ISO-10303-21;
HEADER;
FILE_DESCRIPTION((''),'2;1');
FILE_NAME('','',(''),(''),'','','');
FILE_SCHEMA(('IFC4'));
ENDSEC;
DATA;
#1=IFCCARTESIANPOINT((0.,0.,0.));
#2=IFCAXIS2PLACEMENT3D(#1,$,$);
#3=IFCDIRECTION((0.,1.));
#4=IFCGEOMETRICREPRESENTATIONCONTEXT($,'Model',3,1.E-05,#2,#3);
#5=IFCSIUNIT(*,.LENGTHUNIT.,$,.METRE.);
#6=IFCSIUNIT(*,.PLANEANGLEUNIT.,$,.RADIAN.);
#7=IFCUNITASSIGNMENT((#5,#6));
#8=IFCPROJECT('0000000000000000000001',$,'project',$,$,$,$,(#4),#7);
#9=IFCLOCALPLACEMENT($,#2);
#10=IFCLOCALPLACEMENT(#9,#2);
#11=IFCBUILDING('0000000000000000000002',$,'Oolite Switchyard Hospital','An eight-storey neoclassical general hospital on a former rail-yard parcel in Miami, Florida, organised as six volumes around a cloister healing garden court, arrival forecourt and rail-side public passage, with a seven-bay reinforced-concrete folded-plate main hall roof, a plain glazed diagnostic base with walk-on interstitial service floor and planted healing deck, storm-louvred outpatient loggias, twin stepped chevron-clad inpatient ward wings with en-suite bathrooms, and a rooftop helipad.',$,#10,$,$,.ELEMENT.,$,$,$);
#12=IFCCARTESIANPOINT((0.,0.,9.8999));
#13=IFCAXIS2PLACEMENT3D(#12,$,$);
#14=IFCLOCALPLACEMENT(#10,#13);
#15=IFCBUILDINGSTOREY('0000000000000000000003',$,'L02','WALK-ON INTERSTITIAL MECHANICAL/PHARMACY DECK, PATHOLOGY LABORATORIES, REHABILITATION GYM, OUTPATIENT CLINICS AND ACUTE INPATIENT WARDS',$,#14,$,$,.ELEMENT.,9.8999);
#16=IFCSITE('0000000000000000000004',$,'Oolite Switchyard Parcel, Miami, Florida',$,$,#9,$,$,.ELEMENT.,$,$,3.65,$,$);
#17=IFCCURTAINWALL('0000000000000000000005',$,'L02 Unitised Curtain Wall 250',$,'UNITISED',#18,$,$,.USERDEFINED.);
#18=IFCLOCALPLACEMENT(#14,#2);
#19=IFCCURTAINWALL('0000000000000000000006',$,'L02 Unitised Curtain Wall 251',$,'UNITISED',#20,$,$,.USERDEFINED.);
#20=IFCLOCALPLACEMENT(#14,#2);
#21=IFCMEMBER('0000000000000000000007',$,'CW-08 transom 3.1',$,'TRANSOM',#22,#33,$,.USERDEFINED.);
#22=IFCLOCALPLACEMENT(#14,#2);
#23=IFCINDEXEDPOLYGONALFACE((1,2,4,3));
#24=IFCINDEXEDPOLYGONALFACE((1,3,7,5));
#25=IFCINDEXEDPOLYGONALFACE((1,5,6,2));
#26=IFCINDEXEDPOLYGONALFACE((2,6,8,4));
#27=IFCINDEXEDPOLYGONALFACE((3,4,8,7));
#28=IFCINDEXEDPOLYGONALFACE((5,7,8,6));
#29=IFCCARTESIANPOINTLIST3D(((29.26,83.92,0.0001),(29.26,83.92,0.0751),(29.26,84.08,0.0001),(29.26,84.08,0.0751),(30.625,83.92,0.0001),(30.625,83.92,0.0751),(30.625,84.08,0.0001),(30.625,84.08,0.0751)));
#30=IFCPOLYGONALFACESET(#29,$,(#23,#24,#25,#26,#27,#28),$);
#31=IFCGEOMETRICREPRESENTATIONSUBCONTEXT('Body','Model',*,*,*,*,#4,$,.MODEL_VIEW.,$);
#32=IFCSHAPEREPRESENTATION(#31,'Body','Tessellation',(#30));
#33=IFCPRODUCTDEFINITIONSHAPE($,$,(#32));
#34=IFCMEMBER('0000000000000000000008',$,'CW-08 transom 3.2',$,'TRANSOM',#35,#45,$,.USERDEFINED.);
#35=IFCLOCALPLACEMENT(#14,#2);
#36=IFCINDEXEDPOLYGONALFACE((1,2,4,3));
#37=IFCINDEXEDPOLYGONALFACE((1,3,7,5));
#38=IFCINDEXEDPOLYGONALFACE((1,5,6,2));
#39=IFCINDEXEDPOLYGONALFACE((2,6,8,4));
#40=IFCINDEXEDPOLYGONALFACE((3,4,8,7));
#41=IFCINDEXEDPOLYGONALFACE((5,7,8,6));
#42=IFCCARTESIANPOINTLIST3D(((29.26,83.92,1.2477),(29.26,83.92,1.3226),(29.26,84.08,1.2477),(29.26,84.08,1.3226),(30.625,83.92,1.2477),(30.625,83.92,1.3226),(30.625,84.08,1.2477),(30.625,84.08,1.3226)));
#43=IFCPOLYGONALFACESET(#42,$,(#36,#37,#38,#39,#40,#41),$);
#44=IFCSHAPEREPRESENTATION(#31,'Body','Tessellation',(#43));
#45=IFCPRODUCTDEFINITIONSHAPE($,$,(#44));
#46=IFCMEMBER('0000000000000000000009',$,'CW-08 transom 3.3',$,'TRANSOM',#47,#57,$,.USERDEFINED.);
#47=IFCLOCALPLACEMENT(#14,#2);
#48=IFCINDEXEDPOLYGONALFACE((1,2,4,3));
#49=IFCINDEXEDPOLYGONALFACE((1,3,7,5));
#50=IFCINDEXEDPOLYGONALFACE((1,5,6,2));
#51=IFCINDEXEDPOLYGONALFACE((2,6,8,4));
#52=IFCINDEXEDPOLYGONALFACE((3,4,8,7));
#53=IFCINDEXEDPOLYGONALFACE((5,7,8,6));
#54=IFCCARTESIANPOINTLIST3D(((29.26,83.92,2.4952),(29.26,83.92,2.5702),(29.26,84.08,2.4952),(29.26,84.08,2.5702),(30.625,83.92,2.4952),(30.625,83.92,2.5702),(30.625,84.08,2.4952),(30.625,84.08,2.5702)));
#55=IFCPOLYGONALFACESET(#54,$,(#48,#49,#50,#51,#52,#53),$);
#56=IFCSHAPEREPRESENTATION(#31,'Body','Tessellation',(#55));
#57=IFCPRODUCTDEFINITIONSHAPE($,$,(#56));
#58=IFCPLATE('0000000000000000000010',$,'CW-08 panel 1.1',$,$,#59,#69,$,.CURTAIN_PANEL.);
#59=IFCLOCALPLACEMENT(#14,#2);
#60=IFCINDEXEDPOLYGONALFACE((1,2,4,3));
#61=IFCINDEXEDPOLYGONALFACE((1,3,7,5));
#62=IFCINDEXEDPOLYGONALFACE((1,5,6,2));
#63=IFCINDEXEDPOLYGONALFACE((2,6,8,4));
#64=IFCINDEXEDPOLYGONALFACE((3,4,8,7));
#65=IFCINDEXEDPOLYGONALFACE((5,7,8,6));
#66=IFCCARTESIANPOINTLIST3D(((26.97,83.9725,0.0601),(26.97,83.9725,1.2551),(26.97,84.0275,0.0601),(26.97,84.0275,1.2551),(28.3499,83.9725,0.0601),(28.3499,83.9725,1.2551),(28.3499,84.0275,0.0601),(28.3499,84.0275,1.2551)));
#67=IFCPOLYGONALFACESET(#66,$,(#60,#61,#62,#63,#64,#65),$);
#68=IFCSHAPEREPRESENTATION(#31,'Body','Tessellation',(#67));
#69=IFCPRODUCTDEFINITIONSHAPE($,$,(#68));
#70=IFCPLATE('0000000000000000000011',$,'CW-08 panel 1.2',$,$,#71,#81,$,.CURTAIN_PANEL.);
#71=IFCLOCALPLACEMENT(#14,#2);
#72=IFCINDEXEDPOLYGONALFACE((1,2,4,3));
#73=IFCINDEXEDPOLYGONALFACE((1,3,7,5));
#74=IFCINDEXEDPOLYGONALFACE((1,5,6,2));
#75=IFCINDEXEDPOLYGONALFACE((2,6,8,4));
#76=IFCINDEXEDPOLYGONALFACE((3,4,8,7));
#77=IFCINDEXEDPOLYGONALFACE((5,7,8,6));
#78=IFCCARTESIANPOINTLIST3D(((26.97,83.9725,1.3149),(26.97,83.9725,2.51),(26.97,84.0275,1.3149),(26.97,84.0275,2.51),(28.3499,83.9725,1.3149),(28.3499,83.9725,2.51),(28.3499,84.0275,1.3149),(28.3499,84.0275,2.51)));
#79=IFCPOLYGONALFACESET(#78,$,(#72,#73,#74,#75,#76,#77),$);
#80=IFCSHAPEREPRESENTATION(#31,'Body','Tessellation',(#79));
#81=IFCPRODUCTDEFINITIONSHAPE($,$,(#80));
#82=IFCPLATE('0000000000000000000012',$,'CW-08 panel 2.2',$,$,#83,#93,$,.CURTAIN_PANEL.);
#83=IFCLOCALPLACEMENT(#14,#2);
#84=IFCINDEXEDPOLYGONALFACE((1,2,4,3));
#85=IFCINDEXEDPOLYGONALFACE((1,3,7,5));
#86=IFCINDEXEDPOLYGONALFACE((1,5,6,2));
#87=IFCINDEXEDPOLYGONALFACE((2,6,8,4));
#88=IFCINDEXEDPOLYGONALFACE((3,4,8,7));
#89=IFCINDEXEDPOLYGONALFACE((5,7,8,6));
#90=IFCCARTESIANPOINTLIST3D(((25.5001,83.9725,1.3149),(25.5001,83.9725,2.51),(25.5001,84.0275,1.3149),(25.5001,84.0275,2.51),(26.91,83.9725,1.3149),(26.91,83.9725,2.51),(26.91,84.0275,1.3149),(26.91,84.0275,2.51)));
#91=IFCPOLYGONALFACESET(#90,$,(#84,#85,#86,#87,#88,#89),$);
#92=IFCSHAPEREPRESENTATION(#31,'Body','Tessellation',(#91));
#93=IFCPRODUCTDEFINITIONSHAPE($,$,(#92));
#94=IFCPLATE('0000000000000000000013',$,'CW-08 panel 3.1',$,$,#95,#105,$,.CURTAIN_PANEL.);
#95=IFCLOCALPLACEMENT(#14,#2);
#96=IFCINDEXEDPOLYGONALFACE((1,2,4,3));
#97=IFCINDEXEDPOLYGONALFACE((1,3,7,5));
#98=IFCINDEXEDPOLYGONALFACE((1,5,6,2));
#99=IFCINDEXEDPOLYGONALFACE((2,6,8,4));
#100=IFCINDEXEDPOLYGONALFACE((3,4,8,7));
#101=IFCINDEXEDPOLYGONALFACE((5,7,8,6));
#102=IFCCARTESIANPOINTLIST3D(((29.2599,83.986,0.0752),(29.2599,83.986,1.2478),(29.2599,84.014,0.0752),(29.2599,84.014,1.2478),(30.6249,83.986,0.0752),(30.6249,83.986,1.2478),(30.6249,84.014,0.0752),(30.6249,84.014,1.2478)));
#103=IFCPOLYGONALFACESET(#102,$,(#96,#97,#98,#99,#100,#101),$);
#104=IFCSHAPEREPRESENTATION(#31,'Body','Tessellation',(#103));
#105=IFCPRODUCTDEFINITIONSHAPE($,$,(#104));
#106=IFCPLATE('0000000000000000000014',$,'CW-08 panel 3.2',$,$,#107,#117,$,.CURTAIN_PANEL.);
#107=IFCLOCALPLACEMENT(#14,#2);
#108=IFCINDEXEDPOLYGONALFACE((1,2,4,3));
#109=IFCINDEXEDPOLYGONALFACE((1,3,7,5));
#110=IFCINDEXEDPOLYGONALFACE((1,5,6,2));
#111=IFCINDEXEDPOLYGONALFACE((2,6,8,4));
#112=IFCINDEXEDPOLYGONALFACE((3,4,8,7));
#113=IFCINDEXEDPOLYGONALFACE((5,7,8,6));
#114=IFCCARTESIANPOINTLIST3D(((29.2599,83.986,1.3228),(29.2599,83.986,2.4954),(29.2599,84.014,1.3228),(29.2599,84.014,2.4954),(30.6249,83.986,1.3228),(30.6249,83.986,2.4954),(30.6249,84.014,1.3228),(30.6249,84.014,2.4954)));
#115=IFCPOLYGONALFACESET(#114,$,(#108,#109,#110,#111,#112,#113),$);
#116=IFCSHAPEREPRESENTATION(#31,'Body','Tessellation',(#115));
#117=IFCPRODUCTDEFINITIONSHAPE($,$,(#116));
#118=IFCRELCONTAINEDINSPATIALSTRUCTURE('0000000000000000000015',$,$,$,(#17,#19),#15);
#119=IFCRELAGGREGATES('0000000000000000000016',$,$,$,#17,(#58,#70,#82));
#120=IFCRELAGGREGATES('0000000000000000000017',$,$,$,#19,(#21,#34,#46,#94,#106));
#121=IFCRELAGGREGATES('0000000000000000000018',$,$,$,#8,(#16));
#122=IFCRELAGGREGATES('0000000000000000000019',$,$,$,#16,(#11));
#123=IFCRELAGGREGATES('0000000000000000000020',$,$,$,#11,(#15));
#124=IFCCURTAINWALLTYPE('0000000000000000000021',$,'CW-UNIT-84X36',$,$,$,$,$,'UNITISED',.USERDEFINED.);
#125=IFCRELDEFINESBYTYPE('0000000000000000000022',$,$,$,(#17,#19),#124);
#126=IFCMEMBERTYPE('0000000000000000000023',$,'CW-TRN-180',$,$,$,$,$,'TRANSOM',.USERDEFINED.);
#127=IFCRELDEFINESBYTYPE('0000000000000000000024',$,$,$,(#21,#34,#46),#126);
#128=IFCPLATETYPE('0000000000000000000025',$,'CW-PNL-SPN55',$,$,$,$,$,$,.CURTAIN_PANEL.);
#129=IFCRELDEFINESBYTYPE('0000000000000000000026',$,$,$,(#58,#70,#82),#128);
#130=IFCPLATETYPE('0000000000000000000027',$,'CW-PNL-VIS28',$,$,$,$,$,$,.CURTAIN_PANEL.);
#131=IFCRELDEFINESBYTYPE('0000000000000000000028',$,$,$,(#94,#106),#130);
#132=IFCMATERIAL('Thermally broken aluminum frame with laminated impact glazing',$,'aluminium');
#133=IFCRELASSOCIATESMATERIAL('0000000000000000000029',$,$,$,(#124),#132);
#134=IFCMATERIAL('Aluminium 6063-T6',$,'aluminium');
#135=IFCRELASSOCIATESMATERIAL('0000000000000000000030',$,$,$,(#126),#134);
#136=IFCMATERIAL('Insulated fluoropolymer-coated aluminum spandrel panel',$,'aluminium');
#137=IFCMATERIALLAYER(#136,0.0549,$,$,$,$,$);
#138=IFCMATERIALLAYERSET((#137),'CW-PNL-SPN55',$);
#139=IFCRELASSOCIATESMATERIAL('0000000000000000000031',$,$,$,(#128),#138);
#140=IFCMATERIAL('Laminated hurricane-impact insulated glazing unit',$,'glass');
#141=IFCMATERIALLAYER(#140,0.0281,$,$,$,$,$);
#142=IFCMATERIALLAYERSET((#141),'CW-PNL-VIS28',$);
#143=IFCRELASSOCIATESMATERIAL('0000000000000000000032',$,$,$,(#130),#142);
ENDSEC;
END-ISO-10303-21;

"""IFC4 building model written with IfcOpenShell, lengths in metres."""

from ifc_helpers import new_model, si_unit, direction, frame, origin, origin_2d, place, context, subcontext, project, spatial, rectangle, extrude, material, layer, layer_set, material_profile, profile_set, type_object, element, aggregate, save


model = new_model("IFC4")

# Units and contexts
model_context = context("Model", 3, precision=1e-05, world=origin(), true_north=direction((0.0, 1.0)))
body_context = subcontext(model_context, "Body", "Model", "MODEL_VIEW")
ifc_project = project(units=[si_unit("LENGTHUNIT", "METRE"), si_unit("PLANEANGLEUNIT", "RADIAN")], contexts=[model_context])

# Site, building, storey
site_placement = place(None, origin())
site = spatial("IfcSite", under=ifc_project, at=site_placement, Name="Oolite Switchyard Parcel, Miami, Florida", CompositionType="ELEMENT", RefElevation=3.65)
building_placement = place(site_placement, origin())
building = spatial("IfcBuilding", under=site, at=building_placement, Name="Oolite Switchyard Hospital", Description="An eight-storey neoclassical general hospital on a former rail-yard parcel in Miami, Florida, organised as six volumes around a cloister healing garden court, arrival forecourt and rail-side public passage, with a seven-bay reinforced-concrete folded-plate main hall roof, a plain glazed diagnostic base with walk-on interstitial service floor and planted healing deck, storm-louvred outpatient loggias, twin stepped chevron-clad inpatient ward wings with en-suite bathrooms, and a rooftop helipad.", CompositionType="ELEMENT")
storey_placement = place(building_placement, frame((0.0, 0.0, 9.8999)))
storey = spatial("IfcBuildingStorey", under=building, at=storey_placement, Name="L02", Description="WALK-ON INTERSTITIAL MECHANICAL/PHARMACY DECK, PATHOLOGY LABORATORIES, REHABILITATION GYM, OUTPATIENT CLINICS AND ACUTE INPATIENT WARDS", CompositionType="ELEMENT", Elevation=9.8999)

# Curtain walls
ifc_material_1 = material(Name="Thermally broken aluminum frame with laminated impact glazing", Category="aluminium")
curtain_wall_type = type_object("IfcCurtainWallType", Name="CW-UNIT-84X36", ElementType="UNITISED", PredefinedType="USERDEFINED", material=ifc_material_1)
curtain_wall_1_placement = place(storey_placement, origin())
curtain_wall_1 = element("IfcCurtainWall", 1, at=curtain_wall_1_placement, inside=storey, type_object=curtain_wall_type, Name="L02 Unitised Curtain Wall 250", ObjectType="UNITISED", PredefinedType="USERDEFINED")
ifc_material_2 = material(Name="Aluminium 6063-T6", Category="aluminium")
curtain_wall_2_placement = place(storey_placement, origin())
curtain_wall_2 = element("IfcCurtainWall", 2, at=curtain_wall_2_placement, inside=storey, type_object=curtain_wall_type, Name="L02 Unitised Curtain Wall 251", ObjectType="UNITISED", PredefinedType="USERDEFINED")

# Members
ifc_material_profile_1 = material_profile(ifc_material_2, rectangle(XDim=0.1599, YDim=0.075, at=origin_2d()), Name="CWT75X160")
ifc_profile_set_1 = profile_set([ifc_material_profile_1], Name="Aluminium 6063-T6")
member_type_1 = type_object("IfcMemberType", Name="CW-TRN-180", ElementType="TRANSOM", PredefinedType="USERDEFINED", material=ifc_profile_set_1)
member_1_placement = place(storey_placement, frame((30.625, 84.0, 0.0376), z_axis=(-1.0, 0.0, 0.0), x_axis=(0.0, -1.0, 0.0)))
member_1 = element("IfcMember", 3, at=member_1_placement, type_object=member_type_1, Name="CW-08 transom 3.1", ObjectType="TRANSOM", PredefinedType="USERDEFINED", context=body_context, shape_type="SweptSolid", body=[
    extrude(rectangle(XDim=0.1599, YDim=0.075, at=origin_2d()), origin(), (0.0, 0.0, 1.0), 1.365),
])
member_2_placement = place(storey_placement, frame((30.625, 84.0, 1.2852), z_axis=(-1.0, 0.0, 0.0), x_axis=(0.0, -1.0, 0.0)))
member_2 = element("IfcMember", 4, at=member_2_placement, type_object=member_type_1, Name="CW-08 transom 3.2", ObjectType="TRANSOM", PredefinedType="USERDEFINED", context=body_context, shape_type="SweptSolid", body=[
    extrude(rectangle(XDim=0.1599, YDim=0.075, at=origin_2d()), origin(), (0.0, 0.0, 1.0), 1.365),
])
member_3_placement = place(storey_placement, frame((30.625, 84.0, 2.5327), z_axis=(-1.0, 0.0, 0.0), x_axis=(0.0, -1.0, 0.0)))
member_3 = element("IfcMember", 5, at=member_3_placement, type_object=member_type_1, Name="CW-08 transom 3.3", ObjectType="TRANSOM", PredefinedType="USERDEFINED", context=body_context, shape_type="SweptSolid", body=[
    extrude(rectangle(XDim=0.1599, YDim=0.075, at=origin_2d()), origin(), (0.0, 0.0, 1.0), 1.365),
])

# Plates
ifc_material_3 = material(Name="Insulated fluoropolymer-coated aluminum spandrel panel", Category="aluminium")
ifc_layer_1 = layer(ifc_material_3, 0.0549)
ifc_layer_set_1 = layer_set([ifc_layer_1], Name="CW-PNL-SPN55")
plate_type_1 = type_object("IfcPlateType", Name="CW-PNL-SPN55", PredefinedType="CURTAIN_PANEL", material=ifc_layer_set_1)
plate_1_placement = place(storey_placement, frame((27.6599, 84.0, 0.0601), z_axis=(0.0, 0.0, 1.0), x_axis=(-1.0, 0.0, 0.0)))
plate_1 = element("IfcPlate", 6, at=plate_1_placement, type_object=plate_type_1, Name="CW-08 panel 1.1", PredefinedType="CURTAIN_PANEL", context=body_context, shape_type="SweptSolid", body=[
    extrude(rectangle(XDim=1.3799, YDim=0.0549, at=origin_2d()), origin(), (0.0, 0.0, 1.0), 1.1951),
])
plate_2_placement = place(storey_placement, frame((27.6599, 84.0, 1.3149), z_axis=(0.0, 0.0, 1.0), x_axis=(-1.0, 0.0, 0.0)))
plate_2 = element("IfcPlate", 7, at=plate_2_placement, type_object=plate_type_1, Name="CW-08 panel 1.2", PredefinedType="CURTAIN_PANEL", context=body_context, shape_type="SweptSolid", body=[
    extrude(rectangle(XDim=1.3799, YDim=0.0549, at=origin_2d()), origin(), (0.0, 0.0, 1.0), 1.1951),
])
plate_3_placement = place(storey_placement, frame((26.2051, 84.0, 1.3149), z_axis=(0.0, 0.0, 1.0), x_axis=(-1.0, 0.0, 0.0)))
plate_3 = element("IfcPlate", 8, at=plate_3_placement, type_object=plate_type_1, Name="CW-08 panel 2.2", PredefinedType="CURTAIN_PANEL", context=body_context, shape_type="SweptSolid", body=[
    extrude(rectangle(XDim=1.4099, YDim=0.0549, at=origin_2d()), origin(), (0.0, 0.0, 1.0), 1.1951),
])
aggregate(curtain_wall_1, [plate_1, plate_2, plate_3])
ifc_material_4 = material(Name="Laminated hurricane-impact insulated glazing unit", Category="glass")
ifc_layer_2 = layer(ifc_material_4, 0.0281)
ifc_layer_set_2 = layer_set([ifc_layer_2], Name="CW-PNL-VIS28")
plate_type_2 = type_object("IfcPlateType", Name="CW-PNL-VIS28", PredefinedType="CURTAIN_PANEL", material=ifc_layer_set_2)
plate_4_placement = place(storey_placement, frame((29.9424, 84.0, 0.0752), z_axis=(0.0, 0.0, 1.0), x_axis=(-1.0, 0.0, 0.0)))
plate_4 = element("IfcPlate", 9, at=plate_4_placement, type_object=plate_type_2, Name="CW-08 panel 3.1", PredefinedType="CURTAIN_PANEL", context=body_context, shape_type="SweptSolid", body=[
    extrude(rectangle(XDim=1.365, YDim=0.0281, at=origin_2d()), origin(), (0.0, 0.0, 1.0), 1.1726),
])
plate_5_placement = place(storey_placement, frame((29.9424, 84.0, 1.3228), z_axis=(0.0, 0.0, 1.0), x_axis=(-1.0, 0.0, 0.0)))
plate_5 = element("IfcPlate", 10, at=plate_5_placement, type_object=plate_type_2, Name="CW-08 panel 3.2", PredefinedType="CURTAIN_PANEL", context=body_context, shape_type="SweptSolid", body=[
    extrude(rectangle(XDim=1.365, YDim=0.0281, at=origin_2d()), origin(), (0.0, 0.0, 1.0), 1.1726),
])
aggregate(curtain_wall_2, [member_1, member_2, member_3, plate_4, plate_5])

save(model, "model.ifc")
